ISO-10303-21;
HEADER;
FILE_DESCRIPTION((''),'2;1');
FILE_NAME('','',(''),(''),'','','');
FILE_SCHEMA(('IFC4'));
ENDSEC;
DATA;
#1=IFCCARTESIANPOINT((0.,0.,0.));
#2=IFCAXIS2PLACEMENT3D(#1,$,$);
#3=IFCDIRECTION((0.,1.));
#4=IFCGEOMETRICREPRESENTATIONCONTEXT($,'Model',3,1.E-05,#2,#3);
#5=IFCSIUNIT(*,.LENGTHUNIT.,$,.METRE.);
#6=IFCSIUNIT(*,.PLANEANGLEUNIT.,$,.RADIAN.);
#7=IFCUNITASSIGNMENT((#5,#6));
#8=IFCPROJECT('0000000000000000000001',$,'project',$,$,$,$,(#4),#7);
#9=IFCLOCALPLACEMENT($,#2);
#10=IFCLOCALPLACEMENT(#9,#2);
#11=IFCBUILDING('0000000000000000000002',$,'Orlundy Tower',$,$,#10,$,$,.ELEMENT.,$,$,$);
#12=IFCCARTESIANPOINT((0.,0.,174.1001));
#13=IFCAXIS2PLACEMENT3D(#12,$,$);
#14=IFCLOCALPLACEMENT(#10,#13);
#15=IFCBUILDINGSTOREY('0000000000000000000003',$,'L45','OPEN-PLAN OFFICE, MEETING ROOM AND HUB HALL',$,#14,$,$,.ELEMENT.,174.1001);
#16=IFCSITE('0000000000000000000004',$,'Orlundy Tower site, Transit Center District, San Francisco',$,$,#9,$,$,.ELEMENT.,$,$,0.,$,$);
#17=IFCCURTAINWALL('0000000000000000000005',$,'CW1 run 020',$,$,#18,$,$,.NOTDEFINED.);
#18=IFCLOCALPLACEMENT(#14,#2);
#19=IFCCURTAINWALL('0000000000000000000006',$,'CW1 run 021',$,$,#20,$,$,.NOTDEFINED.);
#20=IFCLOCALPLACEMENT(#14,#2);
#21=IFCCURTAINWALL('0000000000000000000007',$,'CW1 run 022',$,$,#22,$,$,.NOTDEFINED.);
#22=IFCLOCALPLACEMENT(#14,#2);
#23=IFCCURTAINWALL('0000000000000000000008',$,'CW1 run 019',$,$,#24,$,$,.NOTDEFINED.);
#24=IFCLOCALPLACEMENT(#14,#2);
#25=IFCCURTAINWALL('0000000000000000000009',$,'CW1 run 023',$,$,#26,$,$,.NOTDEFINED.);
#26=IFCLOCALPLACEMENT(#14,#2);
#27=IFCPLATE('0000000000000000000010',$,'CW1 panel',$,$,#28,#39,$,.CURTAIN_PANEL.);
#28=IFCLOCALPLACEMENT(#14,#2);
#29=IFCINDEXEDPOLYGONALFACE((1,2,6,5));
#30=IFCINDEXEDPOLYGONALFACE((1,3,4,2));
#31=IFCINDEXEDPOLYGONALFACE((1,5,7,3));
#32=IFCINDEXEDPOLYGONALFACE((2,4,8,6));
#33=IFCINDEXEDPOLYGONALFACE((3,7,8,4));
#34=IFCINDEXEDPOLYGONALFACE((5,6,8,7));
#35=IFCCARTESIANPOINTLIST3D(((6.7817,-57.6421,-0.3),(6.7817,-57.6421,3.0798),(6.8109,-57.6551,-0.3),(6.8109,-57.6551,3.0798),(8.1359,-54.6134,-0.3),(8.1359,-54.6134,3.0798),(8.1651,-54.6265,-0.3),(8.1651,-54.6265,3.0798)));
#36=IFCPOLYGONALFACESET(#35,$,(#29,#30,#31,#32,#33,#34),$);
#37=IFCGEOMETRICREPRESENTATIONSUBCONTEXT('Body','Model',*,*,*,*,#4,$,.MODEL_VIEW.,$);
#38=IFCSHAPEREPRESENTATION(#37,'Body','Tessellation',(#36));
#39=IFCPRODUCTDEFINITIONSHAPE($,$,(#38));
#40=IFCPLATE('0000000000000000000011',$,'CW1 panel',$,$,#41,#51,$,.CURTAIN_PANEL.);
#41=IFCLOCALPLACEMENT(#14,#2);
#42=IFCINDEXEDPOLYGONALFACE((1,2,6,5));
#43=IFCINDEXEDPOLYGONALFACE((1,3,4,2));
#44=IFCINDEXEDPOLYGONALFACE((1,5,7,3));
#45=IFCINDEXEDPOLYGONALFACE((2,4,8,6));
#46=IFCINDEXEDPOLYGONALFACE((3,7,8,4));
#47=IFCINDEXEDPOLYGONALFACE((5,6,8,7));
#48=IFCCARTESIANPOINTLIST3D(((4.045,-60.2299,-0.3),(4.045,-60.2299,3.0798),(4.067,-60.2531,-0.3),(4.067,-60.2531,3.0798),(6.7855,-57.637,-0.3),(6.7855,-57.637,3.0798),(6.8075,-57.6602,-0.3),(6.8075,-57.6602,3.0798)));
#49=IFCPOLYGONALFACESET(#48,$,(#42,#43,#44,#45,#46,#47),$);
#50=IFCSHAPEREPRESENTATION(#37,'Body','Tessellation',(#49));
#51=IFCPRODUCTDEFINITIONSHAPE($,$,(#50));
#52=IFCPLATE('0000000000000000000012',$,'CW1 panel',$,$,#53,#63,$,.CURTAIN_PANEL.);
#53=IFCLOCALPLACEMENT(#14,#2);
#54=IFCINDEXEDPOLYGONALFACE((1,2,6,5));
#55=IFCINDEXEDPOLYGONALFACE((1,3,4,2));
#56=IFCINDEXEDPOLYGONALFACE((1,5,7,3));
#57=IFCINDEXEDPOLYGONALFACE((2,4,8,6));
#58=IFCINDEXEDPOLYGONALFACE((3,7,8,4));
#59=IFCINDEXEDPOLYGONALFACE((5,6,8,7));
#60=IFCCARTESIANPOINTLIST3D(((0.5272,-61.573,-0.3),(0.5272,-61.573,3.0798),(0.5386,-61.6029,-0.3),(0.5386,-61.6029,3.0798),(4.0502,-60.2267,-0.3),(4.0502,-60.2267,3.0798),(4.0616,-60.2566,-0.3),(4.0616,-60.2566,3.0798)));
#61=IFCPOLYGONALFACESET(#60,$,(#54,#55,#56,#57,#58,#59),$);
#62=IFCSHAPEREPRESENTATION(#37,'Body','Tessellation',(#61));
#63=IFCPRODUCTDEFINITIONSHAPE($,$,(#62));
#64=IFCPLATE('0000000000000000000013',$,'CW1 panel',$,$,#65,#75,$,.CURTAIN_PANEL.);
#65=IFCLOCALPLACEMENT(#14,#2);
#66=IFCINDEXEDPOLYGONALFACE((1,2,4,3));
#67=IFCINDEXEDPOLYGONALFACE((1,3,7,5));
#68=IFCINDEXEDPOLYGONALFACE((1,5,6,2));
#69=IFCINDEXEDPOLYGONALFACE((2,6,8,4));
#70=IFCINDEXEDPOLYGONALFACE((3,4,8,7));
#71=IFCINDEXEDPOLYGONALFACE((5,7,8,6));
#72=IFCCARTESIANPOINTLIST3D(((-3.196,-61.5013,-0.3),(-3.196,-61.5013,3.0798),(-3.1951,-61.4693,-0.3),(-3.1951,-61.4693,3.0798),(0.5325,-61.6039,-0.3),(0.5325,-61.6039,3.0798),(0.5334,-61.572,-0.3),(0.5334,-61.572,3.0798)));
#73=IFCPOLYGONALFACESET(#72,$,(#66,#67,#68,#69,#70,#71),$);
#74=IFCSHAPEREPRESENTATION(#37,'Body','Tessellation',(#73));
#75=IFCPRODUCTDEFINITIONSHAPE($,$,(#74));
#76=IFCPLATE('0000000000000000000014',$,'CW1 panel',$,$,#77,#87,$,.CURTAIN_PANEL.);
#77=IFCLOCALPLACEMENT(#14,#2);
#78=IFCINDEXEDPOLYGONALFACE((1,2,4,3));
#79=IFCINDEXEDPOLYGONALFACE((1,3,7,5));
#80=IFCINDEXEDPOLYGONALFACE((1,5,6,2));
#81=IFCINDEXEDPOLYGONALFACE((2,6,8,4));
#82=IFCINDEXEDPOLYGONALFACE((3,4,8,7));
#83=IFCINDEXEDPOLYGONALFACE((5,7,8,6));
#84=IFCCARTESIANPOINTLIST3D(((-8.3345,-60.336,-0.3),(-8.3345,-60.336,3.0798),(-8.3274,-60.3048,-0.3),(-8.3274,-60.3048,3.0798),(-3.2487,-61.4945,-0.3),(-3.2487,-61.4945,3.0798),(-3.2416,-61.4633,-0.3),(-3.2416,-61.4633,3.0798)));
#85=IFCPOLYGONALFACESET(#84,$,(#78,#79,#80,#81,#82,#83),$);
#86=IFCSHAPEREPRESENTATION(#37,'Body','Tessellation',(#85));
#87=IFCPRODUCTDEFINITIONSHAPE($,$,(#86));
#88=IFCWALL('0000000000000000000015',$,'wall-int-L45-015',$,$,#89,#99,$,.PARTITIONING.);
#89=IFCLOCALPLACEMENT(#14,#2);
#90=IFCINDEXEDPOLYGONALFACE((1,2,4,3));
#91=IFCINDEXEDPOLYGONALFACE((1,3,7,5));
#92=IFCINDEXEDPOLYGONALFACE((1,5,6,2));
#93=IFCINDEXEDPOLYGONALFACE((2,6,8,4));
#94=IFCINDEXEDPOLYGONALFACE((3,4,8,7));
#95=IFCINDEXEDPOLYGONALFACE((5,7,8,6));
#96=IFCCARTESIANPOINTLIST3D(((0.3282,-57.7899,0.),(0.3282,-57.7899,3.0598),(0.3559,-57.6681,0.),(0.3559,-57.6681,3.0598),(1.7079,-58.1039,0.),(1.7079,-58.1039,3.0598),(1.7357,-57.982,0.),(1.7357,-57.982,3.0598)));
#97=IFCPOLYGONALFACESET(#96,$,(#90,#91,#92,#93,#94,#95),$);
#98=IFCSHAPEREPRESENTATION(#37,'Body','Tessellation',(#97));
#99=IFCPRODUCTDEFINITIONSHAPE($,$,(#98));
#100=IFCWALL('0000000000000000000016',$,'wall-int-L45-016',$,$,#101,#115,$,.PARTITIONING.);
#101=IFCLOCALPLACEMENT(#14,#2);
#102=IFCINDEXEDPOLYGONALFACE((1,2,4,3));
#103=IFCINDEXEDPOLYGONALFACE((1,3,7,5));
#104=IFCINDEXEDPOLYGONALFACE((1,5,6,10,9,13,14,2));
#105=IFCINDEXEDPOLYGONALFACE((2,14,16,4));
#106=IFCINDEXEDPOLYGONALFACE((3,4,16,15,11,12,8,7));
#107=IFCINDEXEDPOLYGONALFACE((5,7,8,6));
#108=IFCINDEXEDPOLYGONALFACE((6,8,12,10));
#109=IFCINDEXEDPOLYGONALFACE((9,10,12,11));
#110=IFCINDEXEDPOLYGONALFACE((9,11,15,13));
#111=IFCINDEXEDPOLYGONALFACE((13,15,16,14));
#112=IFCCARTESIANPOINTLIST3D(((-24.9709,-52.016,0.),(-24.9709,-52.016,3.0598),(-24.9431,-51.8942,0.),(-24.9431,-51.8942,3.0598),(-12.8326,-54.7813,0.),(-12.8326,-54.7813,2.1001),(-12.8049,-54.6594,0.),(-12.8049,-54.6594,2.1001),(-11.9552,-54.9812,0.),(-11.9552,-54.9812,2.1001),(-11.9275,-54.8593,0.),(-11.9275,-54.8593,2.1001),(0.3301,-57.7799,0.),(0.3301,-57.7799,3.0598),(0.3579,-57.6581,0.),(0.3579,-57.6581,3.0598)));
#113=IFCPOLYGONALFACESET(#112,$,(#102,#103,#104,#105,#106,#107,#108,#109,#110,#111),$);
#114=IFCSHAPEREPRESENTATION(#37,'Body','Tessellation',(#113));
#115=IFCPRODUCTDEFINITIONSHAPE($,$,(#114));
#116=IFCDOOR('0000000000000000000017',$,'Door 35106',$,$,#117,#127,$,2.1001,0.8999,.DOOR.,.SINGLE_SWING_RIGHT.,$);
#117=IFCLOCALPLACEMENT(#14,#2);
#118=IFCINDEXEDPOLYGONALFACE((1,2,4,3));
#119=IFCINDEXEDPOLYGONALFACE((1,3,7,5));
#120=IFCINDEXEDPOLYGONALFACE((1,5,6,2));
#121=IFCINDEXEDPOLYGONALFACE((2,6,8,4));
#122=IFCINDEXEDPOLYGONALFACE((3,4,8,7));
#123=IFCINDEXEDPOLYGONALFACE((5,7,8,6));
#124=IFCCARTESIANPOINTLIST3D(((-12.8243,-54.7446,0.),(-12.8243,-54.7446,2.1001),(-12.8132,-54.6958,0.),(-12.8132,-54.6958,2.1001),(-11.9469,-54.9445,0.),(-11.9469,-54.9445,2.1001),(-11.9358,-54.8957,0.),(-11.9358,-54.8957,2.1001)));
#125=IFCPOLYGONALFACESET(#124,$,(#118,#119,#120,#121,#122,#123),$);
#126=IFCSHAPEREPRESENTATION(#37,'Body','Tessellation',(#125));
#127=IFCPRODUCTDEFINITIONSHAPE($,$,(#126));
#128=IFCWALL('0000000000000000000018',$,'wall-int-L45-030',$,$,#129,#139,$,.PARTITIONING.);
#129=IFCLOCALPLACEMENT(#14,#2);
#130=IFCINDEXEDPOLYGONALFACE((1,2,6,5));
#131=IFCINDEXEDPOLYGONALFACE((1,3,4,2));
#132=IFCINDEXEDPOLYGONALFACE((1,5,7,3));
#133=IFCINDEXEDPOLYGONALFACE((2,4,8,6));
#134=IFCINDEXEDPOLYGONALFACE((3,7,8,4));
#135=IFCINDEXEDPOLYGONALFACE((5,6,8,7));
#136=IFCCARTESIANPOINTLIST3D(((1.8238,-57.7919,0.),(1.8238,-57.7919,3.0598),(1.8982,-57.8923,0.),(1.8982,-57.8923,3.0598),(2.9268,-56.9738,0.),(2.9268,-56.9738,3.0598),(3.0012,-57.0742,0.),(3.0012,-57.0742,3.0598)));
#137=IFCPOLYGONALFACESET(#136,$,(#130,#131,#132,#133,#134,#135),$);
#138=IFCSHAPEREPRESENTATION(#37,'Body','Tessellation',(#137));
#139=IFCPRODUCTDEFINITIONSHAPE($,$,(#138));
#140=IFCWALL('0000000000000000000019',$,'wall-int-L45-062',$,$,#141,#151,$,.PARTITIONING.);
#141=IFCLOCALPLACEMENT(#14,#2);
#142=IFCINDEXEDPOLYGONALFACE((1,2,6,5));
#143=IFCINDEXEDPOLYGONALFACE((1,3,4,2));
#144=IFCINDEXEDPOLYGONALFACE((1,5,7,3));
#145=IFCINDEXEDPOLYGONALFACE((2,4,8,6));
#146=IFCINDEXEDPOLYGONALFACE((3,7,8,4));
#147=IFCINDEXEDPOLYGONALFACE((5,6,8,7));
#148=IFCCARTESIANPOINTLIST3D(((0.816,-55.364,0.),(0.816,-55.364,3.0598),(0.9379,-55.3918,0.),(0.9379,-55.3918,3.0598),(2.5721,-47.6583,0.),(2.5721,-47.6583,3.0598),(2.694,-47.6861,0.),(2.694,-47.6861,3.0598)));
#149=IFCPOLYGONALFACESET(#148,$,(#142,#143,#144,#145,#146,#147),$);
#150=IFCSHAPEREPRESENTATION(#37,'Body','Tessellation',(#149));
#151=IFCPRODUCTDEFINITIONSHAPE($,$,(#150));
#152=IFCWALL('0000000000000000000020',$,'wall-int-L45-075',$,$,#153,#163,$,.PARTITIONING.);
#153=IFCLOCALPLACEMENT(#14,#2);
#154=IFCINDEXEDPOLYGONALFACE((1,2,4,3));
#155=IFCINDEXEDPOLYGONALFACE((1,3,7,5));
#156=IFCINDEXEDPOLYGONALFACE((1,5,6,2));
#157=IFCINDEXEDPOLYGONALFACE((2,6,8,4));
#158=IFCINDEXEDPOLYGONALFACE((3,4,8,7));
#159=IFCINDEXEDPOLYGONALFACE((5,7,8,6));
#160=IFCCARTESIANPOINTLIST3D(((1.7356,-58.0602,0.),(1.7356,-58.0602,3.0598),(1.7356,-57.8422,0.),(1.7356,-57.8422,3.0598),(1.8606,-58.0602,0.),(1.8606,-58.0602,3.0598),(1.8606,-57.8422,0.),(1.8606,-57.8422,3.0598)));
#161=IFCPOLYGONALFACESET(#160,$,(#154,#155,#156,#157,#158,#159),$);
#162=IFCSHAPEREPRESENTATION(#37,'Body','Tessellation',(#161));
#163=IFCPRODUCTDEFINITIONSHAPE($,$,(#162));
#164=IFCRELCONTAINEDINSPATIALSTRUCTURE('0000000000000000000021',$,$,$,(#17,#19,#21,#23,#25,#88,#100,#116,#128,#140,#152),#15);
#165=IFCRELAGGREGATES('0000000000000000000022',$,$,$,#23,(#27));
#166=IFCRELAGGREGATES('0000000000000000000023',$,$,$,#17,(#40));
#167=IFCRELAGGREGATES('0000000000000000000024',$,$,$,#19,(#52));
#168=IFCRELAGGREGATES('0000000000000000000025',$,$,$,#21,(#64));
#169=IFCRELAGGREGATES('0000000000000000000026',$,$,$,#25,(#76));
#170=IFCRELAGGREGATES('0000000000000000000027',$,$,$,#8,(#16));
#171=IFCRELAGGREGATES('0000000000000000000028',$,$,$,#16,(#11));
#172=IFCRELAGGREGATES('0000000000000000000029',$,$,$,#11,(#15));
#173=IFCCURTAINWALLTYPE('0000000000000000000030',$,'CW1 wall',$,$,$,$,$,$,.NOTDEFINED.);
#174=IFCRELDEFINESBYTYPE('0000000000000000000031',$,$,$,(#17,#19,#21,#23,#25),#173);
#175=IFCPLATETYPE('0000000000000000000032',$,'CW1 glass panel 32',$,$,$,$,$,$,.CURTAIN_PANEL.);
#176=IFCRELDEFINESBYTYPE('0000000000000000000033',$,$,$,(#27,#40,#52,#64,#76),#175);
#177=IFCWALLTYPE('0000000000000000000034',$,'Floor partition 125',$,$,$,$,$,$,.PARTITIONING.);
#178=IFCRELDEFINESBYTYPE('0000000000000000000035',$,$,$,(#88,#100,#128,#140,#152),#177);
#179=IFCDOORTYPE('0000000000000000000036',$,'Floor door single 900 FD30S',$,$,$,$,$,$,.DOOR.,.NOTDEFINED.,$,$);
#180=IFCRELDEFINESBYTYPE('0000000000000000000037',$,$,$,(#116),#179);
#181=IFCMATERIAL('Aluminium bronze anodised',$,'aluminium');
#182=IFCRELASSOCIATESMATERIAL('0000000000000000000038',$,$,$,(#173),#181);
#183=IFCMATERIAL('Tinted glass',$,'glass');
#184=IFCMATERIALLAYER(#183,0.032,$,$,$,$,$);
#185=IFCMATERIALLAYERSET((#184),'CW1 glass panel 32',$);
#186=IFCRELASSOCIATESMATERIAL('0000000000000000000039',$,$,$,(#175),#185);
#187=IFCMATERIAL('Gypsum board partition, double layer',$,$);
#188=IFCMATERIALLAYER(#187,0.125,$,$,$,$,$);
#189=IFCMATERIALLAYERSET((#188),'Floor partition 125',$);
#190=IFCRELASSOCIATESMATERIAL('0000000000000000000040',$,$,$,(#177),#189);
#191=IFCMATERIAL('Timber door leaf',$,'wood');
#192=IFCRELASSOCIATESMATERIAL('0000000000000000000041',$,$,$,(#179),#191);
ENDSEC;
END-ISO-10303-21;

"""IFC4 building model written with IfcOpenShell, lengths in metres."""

from ifc_helpers import new_model, si_unit, direction, frame, frame_2d, origin, origin_2d, place, context, subcontext, project, spatial, rectangle, extrude, material, layer, layer_set, type_object, element, fill, aggregate, save


model = new_model("IFC4")

# Units and contexts
model_context = context("Model", 3, precision=1e-05, world=origin(), true_north=direction((0.0, 1.0)))
body_context = subcontext(model_context, "Body", "Model", "MODEL_VIEW")
ifc_project = project(units=[si_unit("LENGTHUNIT", "METRE"), si_unit("PLANEANGLEUNIT", "RADIAN")], contexts=[model_context])

# Site, building, storey
site_placement = place(None, origin())
site = spatial("IfcSite", under=ifc_project, at=site_placement, Name="Orlundy Tower site, Transit Center District, San Francisco", CompositionType="ELEMENT", RefElevation=0.0)
building_placement = place(site_placement, origin())
building = spatial("IfcBuilding", under=site, at=building_placement, Name="Orlundy Tower", CompositionType="ELEMENT")
storey_placement = place(building_placement, frame((0.0, 0.0, 174.1001)))
storey = spatial("IfcBuildingStorey", under=building, at=storey_placement, Name="L45", Description="OPEN-PLAN OFFICE, MEETING ROOM AND HUB HALL", CompositionType="ELEMENT", Elevation=174.1001)

# Curtain walls
ifc_material_1 = material(Name="Aluminium bronze anodised", Category="aluminium")
curtain_wall_type = type_object("IfcCurtainWallType", Name="CW1 wall", PredefinedType="NOTDEFINED", material=ifc_material_1)
curtain_wall_1_placement = place(storey_placement, origin())
curtain_wall_1 = element("IfcCurtainWall", 1, at=curtain_wall_1_placement, inside=storey, type_object=curtain_wall_type, Name="CW1 run 020", PredefinedType="NOTDEFINED")
curtain_wall_2_placement = place(storey_placement, origin())
curtain_wall_2 = element("IfcCurtainWall", 2, at=curtain_wall_2_placement, inside=storey, type_object=curtain_wall_type, Name="CW1 run 021", PredefinedType="NOTDEFINED")
curtain_wall_3_placement = place(storey_placement, origin())
curtain_wall_3 = element("IfcCurtainWall", 3, at=curtain_wall_3_placement, inside=storey, type_object=curtain_wall_type, Name="CW1 run 022", PredefinedType="NOTDEFINED")
curtain_wall_4_placement = place(storey_placement, origin())
curtain_wall_4 = element("IfcCurtainWall", 4, at=curtain_wall_4_placement, inside=storey, type_object=curtain_wall_type, Name="CW1 run 019", PredefinedType="NOTDEFINED")

# Curtain wall
curtain_wall_5_placement = place(storey_placement, origin())
curtain_wall_5 = element("IfcCurtainWall", 5, at=curtain_wall_5_placement, inside=storey, type_object=curtain_wall_type, Name="CW1 run 023", PredefinedType="NOTDEFINED")

# Plates
ifc_material_2 = material(Name="Tinted glass", Category="glass")
ifc_layer_1 = layer(ifc_material_2, 0.032)
ifc_layer_set_1 = layer_set([ifc_layer_1], Name="CW1 glass panel 32")
plate_type = type_object("IfcPlateType", Name="CW1 glass panel 32", PredefinedType="CURTAIN_PANEL", material=ifc_layer_set_1)
plate_1_placement = place(storey_placement, frame((7.4734, -56.1343, -0.3), z_axis=(0.0, 0.0, 1.0), x_axis=(-0.408165, -0.912908, 0.0)))
plate_1 = element("IfcPlate", 6, at=plate_1_placement, type_object=plate_type, Name="CW1 panel", PredefinedType="CURTAIN_PANEL", context=body_context, shape_type="SweptSolid", body=[
    extrude(rectangle(XDim=3.3176, YDim=0.032, at=origin_2d()), origin(), (0.0, 0.0, 1.0), 3.3799),
])
aggregate(curtain_wall_4, [plate_1])
plate_2_placement = place(storey_placement, frame((5.4263, -58.9451, -0.3), z_axis=(0.0, 0.0, 1.0), x_axis=(-0.726392, -0.687281, 0.0)))
plate_2 = element("IfcPlate", 7, at=plate_2_placement, type_object=plate_type, Name="CW1 panel", PredefinedType="CURTAIN_PANEL", context=body_context, shape_type="SweptSolid", body=[
    extrude(rectangle(XDim=3.7727, YDim=0.032, at=origin_2d()), origin(), (0.0, 0.0, 1.0), 3.3799),
])
aggregate(curtain_wall_1, [plate_2])
plate_3_placement = place(storey_placement, frame((2.2944, -60.9148, -0.3), z_axis=(0.0, 0.0, 1.0), x_axis=(-0.934115, -0.356971, 0.0)))
plate_3 = element("IfcPlate", 8, at=plate_3_placement, type_object=plate_type, Name="CW1 panel", PredefinedType="CURTAIN_PANEL", context=body_context, shape_type="SweptSolid", body=[
    extrude(rectangle(XDim=3.7715, YDim=0.032, at=origin_2d()), origin(), (0.0, 0.0, 1.0), 3.3799),
])
aggregate(curtain_wall_2, [plate_3])
plate_4_placement = place(storey_placement, frame((-1.3313, -61.5366, -0.3), z_axis=(0.0, 0.0, 1.0), x_axis=(-0.999621, 0.02752, 0.0)))
plate_4 = element("IfcPlate", 9, at=plate_4_placement, type_object=plate_type, Name="CW1 panel", PredefinedType="CURTAIN_PANEL", context=body_context, shape_type="SweptSolid", body=[
    extrude(rectangle(XDim=3.73, YDim=0.032, at=origin_2d()), origin(), (0.0, 0.0, 1.0), 3.3799),
])
aggregate(curtain_wall_3, [plate_4])
plate_5_placement = place(storey_placement, frame((-5.7881, -60.8997, -0.3), z_axis=(0.0, 0.0, 1.0), x_axis=(-0.975026, 0.22209, 0.0)))
plate_5 = element("IfcPlate", 10, at=plate_5_placement, type_object=plate_type, Name="CW1 panel", PredefinedType="CURTAIN_PANEL", context=body_context, shape_type="SweptSolid", body=[
    extrude(rectangle(XDim=5.2161, YDim=0.032, at=origin_2d()), origin(), (0.0, 0.0, 1.0), 3.3799),
])
aggregate(curtain_wall_5, [plate_5])

# Wall
ifc_material_3 = material(Name="Gypsum board partition, double layer")
ifc_layer_2 = layer(ifc_material_3, 0.125)
ifc_layer_set_2 = layer_set([ifc_layer_2], Name="Floor partition 125")
wall_type = type_object("IfcWallType", Name="Floor partition 125", PredefinedType="PARTITIONING", material=ifc_layer_set_2)
wall_1_placement = place(storey_placement, frame((0.342, -57.729, 0.0), z_axis=(0.0, 0.0, 1.0), x_axis=(0.975079, -0.22186, 0.0)))
element("IfcWall", 11, at=wall_1_placement, inside=storey, type_object=wall_type, Name="wall-int-L45-015", PredefinedType="PARTITIONING", context=body_context, shape_type="SweptSolid", body=[
    extrude(rectangle(XDim=1.415, YDim=0.125, at=frame_2d((0.7075, 0.0))), origin(), (0.0, 0.0, 1.0), 3.0598),
])

# Wall, opening, door
wall_2_placement = place(storey_placement, frame((0.344, -57.719, 0.0), z_axis=(0.0, 0.0, 1.0), x_axis=(-0.975019, 0.222122, 0.0)))
wall_2 = element("IfcWall", 12, at=wall_2_placement, inside=storey, type_object=wall_type, Name="wall-int-L45-016", PredefinedType="PARTITIONING", context=body_context, shape_type="SweptSolid", body=[
    extrude(rectangle(XDim=25.9492, YDim=0.125, at=frame_2d((12.9746, 0.0))), origin(), (0.0, 0.0, 1.0), 3.0598),
])
opening_placement = place(wall_2_placement, frame((12.6001, 0.0, 0.0)))
opening = element("IfcOpeningElement", 13, at=opening_placement, cuts=wall_2, PredefinedType="OPENING", context=body_context, shape_type="SweptSolid", body=[
    extrude(rectangle(XDim=0.8999, YDim=2.1001, at=frame_2d((0.45, 1.05))), frame((0.0, 0.0725, 0.0), z_axis=(0.0, -1.0, 0.0), x_axis=(1.0, 0.0, 0.0)), (0.0, 0.0, 1.0), 0.145),
])
ifc_material_4 = material(Name="Timber door leaf", Category="wood")
door_type = type_object("IfcDoorType", Name="Floor door single 900 FD30S", OperationType="NOTDEFINED", PredefinedType="DOOR", material=ifc_material_4)
door_placement = place(opening_placement, origin())
door = element("IfcDoor", 14, at=door_placement, inside=storey, type_object=door_type, Name="Door 35106", OperationType="SINGLE_SWING_RIGHT", OverallHeight=2.1001, OverallWidth=0.8999, PredefinedType="DOOR", context=body_context, shape_type="SweptSolid", body=[
    extrude(rectangle(XDim=0.8999, YDim=2.1001, at=frame_2d((0.45, 1.05))), frame((0.0, 0.0249, 0.0), z_axis=(0.0, -1.0, 0.0), x_axis=(1.0, 0.0, 0.0)), (0.0, 0.0, 1.0), 0.05),
])
fill(opening, door)

# Walls
wall_3_placement = place(storey_placement, frame((1.8611, -57.842, 0.0), z_axis=(0.0, 0.0, 1.0), x_axis=(0.803189, 0.595725, 0.0)))
element("IfcWall", 15, at=wall_3_placement, inside=storey, type_object=wall_type, Name="wall-int-L45-030", PredefinedType="PARTITIONING", context=body_context, shape_type="SweptSolid", body=[
    extrude(rectangle(XDim=1.3733, YDim=0.125, at=frame_2d((0.6865, 0.0))), origin(), (0.0, 0.0, 1.0), 3.0598),
])
wall_4_placement = place(storey_placement, frame((0.877, -55.3779, 0.0), z_axis=(0.0, 0.0, 1.0), x_axis=(0.222197, 0.975002, 0.0)))
element("IfcWall", 16, at=wall_4_placement, inside=storey, type_object=wall_type, Name="wall-int-L45-062", PredefinedType="PARTITIONING", context=body_context, shape_type="SweptSolid", body=[
    extrude(rectangle(XDim=7.9033, YDim=0.125, at=frame_2d((3.9517, 0.0))), origin(), (0.0, 0.0, 1.0), 3.0598),
])
wall_5_placement = place(storey_placement, frame((1.7981, -58.0601, 0.0), z_axis=(0.0, 0.0, 1.0), x_axis=(0.0, 1.0, 0.0)))
element("IfcWall", 17, at=wall_5_placement, inside=storey, type_object=wall_type, Name="wall-int-L45-075", PredefinedType="PARTITIONING", context=body_context, shape_type="SweptSolid", body=[
    extrude(rectangle(XDim=0.218, YDim=0.125, at=frame_2d((0.1089, 0.0))), origin(), (0.0, 0.0, 1.0), 3.0598),
])

save(model, "model.ifc")
